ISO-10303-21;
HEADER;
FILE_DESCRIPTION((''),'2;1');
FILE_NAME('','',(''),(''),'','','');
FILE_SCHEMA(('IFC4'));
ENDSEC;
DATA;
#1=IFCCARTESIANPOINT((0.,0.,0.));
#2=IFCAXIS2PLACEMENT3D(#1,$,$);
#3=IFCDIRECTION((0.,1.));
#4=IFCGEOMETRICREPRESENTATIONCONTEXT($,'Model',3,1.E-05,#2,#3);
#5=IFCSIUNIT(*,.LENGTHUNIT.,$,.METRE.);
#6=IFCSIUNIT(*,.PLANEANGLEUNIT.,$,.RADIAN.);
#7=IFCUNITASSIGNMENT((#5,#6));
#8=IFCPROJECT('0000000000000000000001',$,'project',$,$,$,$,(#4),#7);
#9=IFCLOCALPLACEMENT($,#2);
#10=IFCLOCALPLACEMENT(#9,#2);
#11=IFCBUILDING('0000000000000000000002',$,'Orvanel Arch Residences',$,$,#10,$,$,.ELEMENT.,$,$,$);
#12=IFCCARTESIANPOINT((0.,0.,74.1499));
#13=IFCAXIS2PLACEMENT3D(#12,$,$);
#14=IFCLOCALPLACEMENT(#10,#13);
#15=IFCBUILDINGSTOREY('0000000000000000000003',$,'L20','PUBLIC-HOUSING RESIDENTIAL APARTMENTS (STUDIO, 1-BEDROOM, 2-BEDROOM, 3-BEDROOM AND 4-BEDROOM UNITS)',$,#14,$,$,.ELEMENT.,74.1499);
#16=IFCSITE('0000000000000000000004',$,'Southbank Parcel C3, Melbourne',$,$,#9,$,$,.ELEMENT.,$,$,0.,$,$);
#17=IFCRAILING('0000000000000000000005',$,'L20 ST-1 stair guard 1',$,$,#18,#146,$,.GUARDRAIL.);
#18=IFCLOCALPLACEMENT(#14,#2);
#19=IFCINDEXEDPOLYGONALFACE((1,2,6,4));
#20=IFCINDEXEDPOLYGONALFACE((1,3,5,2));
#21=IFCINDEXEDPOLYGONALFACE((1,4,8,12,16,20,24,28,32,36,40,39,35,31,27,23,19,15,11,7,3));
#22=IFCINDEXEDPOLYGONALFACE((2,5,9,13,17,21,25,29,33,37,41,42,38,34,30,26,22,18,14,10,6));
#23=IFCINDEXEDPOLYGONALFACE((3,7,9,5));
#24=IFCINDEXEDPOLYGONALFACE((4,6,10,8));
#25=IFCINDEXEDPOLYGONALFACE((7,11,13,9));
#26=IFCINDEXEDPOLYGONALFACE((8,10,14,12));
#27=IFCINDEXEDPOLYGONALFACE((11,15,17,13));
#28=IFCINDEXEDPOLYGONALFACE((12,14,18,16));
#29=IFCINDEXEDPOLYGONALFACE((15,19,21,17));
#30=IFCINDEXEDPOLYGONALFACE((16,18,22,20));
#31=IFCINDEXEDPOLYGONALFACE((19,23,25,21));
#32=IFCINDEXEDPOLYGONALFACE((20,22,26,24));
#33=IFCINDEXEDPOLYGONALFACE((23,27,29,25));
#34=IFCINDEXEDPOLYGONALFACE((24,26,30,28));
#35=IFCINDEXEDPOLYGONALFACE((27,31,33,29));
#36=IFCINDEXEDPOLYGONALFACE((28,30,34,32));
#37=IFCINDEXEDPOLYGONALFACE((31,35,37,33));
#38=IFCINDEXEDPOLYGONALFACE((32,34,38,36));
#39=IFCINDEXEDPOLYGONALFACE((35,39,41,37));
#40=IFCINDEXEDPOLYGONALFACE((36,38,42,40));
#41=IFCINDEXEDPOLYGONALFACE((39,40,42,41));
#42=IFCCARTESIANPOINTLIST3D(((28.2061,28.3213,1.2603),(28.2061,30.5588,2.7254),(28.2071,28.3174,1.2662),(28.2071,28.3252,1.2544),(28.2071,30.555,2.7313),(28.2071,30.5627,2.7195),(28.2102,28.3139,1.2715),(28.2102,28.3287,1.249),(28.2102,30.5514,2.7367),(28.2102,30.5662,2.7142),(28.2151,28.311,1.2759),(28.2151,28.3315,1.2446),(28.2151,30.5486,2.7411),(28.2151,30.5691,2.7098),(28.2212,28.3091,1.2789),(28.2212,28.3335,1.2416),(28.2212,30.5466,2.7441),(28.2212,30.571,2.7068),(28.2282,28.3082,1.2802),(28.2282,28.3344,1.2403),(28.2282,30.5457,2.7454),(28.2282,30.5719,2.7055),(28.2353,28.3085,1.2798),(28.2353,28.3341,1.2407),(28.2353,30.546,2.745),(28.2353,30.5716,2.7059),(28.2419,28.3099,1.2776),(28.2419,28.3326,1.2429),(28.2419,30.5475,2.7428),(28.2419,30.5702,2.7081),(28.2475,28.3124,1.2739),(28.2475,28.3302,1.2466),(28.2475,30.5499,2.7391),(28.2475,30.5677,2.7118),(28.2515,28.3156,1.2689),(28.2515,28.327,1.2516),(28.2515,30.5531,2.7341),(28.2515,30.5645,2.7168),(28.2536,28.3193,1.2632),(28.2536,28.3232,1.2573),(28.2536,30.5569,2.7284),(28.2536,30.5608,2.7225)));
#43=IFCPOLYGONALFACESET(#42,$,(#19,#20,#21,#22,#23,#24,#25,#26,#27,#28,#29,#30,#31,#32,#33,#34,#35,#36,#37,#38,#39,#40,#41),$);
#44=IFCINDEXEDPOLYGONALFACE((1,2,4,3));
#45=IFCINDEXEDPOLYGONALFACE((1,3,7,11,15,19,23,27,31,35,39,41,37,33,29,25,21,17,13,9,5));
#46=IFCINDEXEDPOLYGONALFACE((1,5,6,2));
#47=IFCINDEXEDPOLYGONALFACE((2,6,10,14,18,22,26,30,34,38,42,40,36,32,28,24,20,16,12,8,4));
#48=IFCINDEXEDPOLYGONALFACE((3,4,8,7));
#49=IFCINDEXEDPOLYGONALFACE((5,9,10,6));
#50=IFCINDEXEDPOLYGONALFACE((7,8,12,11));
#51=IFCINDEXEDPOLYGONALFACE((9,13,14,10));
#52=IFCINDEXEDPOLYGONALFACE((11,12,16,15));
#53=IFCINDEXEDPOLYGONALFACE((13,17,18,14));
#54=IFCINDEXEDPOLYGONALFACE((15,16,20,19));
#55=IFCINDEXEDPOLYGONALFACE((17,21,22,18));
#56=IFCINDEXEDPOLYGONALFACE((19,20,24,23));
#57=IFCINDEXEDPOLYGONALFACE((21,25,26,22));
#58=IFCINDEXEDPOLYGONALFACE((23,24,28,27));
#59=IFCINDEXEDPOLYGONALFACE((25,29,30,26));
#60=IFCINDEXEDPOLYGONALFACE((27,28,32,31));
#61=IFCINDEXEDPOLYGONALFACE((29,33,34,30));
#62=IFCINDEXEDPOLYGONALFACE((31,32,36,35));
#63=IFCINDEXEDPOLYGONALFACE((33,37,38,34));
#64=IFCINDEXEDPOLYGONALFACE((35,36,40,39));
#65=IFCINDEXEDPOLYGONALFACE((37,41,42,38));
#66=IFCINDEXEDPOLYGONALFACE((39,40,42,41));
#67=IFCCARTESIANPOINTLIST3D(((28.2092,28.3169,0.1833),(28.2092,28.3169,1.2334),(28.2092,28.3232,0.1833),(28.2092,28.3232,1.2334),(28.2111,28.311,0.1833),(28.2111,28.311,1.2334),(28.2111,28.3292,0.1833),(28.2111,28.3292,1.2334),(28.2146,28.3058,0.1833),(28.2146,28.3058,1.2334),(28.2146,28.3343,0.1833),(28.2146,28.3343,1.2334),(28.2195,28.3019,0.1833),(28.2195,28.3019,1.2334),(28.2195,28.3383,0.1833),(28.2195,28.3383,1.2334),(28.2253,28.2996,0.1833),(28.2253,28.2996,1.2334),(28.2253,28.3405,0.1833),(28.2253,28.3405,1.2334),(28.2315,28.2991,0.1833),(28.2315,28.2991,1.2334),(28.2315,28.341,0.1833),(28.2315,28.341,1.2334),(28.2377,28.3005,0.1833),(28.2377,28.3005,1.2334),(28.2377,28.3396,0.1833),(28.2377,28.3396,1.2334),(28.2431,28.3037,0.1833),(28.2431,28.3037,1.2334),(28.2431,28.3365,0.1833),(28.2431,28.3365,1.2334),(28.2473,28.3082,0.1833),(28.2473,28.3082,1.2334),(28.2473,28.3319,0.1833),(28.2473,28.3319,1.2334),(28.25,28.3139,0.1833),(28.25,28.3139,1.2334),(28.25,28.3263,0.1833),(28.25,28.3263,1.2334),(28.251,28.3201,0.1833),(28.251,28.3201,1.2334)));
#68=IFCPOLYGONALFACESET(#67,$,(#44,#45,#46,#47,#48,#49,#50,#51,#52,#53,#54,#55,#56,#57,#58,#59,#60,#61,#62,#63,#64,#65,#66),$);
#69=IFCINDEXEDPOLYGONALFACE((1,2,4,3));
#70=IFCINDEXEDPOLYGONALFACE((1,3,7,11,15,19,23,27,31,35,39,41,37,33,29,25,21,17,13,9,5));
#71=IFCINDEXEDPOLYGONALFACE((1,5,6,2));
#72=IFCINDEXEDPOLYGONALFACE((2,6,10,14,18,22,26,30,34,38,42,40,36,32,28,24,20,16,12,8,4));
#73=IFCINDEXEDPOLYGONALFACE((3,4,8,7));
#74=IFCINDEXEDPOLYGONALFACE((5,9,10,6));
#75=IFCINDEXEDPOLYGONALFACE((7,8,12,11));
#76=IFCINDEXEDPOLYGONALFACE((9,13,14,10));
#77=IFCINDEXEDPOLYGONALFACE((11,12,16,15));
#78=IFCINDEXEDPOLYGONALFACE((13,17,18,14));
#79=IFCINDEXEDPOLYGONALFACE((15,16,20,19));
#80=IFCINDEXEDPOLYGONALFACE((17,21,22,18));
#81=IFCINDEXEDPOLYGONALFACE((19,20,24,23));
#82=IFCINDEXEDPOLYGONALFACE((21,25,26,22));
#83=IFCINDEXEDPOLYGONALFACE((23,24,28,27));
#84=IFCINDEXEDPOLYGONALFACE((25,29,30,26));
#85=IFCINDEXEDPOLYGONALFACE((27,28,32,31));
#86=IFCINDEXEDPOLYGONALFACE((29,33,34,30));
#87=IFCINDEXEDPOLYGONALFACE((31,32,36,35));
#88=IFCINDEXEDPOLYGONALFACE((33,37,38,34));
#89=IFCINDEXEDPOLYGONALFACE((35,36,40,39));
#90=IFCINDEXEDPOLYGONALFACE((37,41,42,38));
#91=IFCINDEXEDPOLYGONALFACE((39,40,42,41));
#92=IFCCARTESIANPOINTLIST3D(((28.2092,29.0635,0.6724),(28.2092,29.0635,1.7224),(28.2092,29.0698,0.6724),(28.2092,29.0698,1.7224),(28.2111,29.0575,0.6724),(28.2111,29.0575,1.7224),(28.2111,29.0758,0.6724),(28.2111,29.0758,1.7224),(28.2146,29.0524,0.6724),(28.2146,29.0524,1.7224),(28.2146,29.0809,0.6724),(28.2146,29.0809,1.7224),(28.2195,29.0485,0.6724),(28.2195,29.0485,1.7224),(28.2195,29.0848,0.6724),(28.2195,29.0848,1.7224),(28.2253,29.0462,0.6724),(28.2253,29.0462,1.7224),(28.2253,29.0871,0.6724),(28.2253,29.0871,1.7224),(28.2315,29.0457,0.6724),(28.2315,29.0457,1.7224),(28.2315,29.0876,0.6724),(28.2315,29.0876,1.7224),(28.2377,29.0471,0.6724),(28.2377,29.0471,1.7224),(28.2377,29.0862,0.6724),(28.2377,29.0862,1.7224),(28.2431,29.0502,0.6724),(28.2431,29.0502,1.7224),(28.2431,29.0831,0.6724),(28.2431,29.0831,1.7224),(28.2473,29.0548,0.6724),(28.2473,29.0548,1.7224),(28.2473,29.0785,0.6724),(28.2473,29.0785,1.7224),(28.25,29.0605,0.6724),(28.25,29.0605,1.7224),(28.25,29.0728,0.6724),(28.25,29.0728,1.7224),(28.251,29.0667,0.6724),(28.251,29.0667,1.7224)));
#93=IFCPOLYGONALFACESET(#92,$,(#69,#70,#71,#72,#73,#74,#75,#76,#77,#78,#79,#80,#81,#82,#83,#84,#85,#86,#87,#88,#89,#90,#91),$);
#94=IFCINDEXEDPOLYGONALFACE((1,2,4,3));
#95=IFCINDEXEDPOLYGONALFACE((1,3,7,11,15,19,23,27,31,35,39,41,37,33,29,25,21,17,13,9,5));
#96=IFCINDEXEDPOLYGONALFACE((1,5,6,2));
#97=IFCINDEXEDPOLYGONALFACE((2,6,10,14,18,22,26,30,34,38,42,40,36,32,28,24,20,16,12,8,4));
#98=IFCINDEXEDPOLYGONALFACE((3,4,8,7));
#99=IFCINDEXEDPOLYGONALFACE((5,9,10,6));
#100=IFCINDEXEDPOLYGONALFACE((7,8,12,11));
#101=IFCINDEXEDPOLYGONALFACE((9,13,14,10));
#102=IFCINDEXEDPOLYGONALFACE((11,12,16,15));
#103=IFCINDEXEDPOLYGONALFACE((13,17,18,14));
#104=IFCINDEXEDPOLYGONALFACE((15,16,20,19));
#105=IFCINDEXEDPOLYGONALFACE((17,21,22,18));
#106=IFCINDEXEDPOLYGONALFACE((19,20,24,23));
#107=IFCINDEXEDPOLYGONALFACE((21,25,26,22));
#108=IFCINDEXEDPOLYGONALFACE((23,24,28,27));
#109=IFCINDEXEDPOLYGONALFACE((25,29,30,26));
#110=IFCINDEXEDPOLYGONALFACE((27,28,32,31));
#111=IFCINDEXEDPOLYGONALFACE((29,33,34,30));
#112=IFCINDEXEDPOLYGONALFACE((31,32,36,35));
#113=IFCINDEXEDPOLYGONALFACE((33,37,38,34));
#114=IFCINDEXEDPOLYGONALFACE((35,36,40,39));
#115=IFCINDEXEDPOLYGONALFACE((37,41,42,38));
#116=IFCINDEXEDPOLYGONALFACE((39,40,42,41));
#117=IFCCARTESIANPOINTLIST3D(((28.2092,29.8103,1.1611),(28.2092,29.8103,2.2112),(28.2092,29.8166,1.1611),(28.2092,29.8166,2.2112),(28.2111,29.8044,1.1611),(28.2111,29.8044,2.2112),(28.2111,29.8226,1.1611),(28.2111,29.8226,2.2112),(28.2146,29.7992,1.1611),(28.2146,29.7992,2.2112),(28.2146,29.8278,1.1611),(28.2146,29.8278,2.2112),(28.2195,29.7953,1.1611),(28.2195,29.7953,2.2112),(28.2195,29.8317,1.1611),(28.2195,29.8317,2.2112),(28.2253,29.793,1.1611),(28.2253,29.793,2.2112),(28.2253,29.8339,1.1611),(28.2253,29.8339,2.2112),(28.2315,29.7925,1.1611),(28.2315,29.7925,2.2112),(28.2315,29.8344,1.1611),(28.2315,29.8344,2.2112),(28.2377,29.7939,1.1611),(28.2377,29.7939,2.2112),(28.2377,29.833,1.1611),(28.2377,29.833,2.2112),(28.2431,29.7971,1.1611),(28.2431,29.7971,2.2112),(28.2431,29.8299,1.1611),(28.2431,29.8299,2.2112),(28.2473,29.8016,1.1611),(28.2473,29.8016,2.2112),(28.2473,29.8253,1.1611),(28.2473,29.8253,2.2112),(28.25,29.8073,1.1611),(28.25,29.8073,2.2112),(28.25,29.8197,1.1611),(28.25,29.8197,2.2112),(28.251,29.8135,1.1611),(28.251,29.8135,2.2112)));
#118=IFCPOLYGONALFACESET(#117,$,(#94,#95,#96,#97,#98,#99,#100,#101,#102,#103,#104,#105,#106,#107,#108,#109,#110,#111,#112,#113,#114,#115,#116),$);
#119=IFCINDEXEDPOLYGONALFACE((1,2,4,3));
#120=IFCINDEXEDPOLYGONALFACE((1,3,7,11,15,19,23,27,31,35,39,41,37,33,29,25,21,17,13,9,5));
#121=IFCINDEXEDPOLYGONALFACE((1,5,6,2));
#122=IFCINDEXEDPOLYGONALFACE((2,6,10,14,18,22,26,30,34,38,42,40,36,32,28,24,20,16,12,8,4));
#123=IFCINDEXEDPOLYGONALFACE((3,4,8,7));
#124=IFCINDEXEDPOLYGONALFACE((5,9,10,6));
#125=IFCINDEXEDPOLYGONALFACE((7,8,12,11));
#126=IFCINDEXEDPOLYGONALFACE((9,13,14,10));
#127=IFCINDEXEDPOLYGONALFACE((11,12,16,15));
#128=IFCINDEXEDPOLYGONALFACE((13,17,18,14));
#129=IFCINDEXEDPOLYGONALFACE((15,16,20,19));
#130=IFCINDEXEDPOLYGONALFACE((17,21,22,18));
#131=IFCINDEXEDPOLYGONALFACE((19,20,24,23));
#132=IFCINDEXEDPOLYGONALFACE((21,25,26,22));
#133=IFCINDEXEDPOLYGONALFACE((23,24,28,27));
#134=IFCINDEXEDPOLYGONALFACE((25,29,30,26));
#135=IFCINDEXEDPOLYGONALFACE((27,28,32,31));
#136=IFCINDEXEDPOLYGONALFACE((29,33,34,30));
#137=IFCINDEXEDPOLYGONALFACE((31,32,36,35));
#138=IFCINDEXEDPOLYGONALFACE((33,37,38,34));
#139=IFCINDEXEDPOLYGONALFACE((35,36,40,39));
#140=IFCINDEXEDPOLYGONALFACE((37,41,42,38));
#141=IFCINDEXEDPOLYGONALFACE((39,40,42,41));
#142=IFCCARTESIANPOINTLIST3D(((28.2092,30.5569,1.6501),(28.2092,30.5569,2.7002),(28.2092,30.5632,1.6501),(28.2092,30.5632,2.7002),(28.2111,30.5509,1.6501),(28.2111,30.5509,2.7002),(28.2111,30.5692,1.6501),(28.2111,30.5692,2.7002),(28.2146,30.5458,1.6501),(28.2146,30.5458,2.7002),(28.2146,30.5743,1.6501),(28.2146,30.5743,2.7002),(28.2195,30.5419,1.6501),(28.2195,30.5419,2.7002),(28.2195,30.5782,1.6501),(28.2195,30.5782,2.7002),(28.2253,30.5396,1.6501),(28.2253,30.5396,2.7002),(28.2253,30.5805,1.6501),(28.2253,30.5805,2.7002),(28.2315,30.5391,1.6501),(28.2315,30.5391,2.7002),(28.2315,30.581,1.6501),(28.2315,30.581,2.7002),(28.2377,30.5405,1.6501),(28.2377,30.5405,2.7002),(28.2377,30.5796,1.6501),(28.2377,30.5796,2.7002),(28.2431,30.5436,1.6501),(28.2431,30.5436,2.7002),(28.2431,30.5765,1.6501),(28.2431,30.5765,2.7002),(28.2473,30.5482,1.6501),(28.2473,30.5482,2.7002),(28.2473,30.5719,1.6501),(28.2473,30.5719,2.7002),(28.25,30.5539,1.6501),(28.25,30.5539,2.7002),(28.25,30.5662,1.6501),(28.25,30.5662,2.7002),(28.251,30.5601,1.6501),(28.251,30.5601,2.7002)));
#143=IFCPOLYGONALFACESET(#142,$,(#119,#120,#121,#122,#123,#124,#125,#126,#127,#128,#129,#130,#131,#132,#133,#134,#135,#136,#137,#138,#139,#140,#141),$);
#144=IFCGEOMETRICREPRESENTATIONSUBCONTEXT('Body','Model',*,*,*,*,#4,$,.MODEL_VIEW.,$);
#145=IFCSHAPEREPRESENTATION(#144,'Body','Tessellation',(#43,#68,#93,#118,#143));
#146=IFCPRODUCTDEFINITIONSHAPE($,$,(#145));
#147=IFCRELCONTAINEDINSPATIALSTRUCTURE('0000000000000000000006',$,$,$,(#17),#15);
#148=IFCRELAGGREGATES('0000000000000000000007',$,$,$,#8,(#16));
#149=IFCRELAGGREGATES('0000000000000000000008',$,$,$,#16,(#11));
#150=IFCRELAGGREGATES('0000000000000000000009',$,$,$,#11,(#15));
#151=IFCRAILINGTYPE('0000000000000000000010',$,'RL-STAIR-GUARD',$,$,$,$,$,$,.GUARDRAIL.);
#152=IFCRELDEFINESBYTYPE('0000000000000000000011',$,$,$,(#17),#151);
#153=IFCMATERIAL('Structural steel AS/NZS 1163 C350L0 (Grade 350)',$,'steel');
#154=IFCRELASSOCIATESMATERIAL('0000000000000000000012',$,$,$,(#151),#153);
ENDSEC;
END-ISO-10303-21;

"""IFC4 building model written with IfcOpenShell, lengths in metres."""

from ifc_helpers import new_model, si_unit, direction, frame, origin, origin_2d, place, context, subcontext, project, spatial, circle, extrude, material, type_object, element, save


model = new_model("IFC4")

# Units and contexts
model_context = context("Model", 3, precision=1e-05, world=origin(), true_north=direction((0.0, 1.0)))
body_context = subcontext(model_context, "Body", "Model", "MODEL_VIEW")
ifc_project = project(units=[si_unit("LENGTHUNIT", "METRE"), si_unit("PLANEANGLEUNIT", "RADIAN")], contexts=[model_context])

# Site, building, storey
site_placement = place(None, origin())
site = spatial("IfcSite", under=ifc_project, at=site_placement, Name="Southbank Parcel C3, Melbourne", CompositionType="ELEMENT", RefElevation=0.0)
building_placement = place(site_placement, origin())
building = spatial("IfcBuilding", under=site, at=building_placement, Name="Orvanel Arch Residences", CompositionType="ELEMENT")
storey_placement = place(building_placement, frame((0.0, 0.0, 74.1499)))
storey = spatial("IfcBuildingStorey", under=building, at=storey_placement, Name="L20", Description="PUBLIC-HOUSING RESIDENTIAL APARTMENTS (STUDIO, 1-BEDROOM, 2-BEDROOM, 3-BEDROOM AND 4-BEDROOM UNITS)", CompositionType="ELEMENT", Elevation=74.1499)

# Railing
ifc_material_1 = material(Name="Structural steel AS/NZS 1163 C350L0 (Grade 350)", Category="steel")
railing_type_1 = type_object("IfcRailingType", Name="RL-STAIR-GUARD", PredefinedType="GUARDRAIL", material=ifc_material_1)
railing_1_placement = place(storey_placement, frame((28.23, 28.3201, 0.1833)))
element("IfcRailing", 1, at=railing_1_placement, inside=storey, type_object=railing_type_1, Name="L20 ST-1 stair guard 1", PredefinedType="GUARDRAIL", context=body_context, shape_type="SweptSolid", body=[
    extrude(circle(Radius=0.0239, at=origin_2d()), frame((0.0, 0.0012, 1.0769), z_axis=(0.0, 0.836595, 0.547822), x_axis=(-1.0, 0.0, 0.0)), (0.0, 0.0, 1.0), 2.6746),
    extrude(circle(Radius=0.021, at=origin_2d()), origin(), (0.0, 0.0, 1.0), 1.05),
    extrude(circle(Radius=0.021, at=origin_2d()), frame((0.0, 0.7466, 0.489)), (0.0, 0.0, 1.0), 1.05),
    extrude(circle(Radius=0.021, at=origin_2d()), frame((0.0, 1.4934, 0.9778)), (0.0, 0.0, 1.0), 1.05),
    extrude(circle(Radius=0.021, at=origin_2d()), frame((0.0, 2.24, 1.4668)), (0.0, 0.0, 1.0), 1.05),
])

save(model, "model.ifc")
